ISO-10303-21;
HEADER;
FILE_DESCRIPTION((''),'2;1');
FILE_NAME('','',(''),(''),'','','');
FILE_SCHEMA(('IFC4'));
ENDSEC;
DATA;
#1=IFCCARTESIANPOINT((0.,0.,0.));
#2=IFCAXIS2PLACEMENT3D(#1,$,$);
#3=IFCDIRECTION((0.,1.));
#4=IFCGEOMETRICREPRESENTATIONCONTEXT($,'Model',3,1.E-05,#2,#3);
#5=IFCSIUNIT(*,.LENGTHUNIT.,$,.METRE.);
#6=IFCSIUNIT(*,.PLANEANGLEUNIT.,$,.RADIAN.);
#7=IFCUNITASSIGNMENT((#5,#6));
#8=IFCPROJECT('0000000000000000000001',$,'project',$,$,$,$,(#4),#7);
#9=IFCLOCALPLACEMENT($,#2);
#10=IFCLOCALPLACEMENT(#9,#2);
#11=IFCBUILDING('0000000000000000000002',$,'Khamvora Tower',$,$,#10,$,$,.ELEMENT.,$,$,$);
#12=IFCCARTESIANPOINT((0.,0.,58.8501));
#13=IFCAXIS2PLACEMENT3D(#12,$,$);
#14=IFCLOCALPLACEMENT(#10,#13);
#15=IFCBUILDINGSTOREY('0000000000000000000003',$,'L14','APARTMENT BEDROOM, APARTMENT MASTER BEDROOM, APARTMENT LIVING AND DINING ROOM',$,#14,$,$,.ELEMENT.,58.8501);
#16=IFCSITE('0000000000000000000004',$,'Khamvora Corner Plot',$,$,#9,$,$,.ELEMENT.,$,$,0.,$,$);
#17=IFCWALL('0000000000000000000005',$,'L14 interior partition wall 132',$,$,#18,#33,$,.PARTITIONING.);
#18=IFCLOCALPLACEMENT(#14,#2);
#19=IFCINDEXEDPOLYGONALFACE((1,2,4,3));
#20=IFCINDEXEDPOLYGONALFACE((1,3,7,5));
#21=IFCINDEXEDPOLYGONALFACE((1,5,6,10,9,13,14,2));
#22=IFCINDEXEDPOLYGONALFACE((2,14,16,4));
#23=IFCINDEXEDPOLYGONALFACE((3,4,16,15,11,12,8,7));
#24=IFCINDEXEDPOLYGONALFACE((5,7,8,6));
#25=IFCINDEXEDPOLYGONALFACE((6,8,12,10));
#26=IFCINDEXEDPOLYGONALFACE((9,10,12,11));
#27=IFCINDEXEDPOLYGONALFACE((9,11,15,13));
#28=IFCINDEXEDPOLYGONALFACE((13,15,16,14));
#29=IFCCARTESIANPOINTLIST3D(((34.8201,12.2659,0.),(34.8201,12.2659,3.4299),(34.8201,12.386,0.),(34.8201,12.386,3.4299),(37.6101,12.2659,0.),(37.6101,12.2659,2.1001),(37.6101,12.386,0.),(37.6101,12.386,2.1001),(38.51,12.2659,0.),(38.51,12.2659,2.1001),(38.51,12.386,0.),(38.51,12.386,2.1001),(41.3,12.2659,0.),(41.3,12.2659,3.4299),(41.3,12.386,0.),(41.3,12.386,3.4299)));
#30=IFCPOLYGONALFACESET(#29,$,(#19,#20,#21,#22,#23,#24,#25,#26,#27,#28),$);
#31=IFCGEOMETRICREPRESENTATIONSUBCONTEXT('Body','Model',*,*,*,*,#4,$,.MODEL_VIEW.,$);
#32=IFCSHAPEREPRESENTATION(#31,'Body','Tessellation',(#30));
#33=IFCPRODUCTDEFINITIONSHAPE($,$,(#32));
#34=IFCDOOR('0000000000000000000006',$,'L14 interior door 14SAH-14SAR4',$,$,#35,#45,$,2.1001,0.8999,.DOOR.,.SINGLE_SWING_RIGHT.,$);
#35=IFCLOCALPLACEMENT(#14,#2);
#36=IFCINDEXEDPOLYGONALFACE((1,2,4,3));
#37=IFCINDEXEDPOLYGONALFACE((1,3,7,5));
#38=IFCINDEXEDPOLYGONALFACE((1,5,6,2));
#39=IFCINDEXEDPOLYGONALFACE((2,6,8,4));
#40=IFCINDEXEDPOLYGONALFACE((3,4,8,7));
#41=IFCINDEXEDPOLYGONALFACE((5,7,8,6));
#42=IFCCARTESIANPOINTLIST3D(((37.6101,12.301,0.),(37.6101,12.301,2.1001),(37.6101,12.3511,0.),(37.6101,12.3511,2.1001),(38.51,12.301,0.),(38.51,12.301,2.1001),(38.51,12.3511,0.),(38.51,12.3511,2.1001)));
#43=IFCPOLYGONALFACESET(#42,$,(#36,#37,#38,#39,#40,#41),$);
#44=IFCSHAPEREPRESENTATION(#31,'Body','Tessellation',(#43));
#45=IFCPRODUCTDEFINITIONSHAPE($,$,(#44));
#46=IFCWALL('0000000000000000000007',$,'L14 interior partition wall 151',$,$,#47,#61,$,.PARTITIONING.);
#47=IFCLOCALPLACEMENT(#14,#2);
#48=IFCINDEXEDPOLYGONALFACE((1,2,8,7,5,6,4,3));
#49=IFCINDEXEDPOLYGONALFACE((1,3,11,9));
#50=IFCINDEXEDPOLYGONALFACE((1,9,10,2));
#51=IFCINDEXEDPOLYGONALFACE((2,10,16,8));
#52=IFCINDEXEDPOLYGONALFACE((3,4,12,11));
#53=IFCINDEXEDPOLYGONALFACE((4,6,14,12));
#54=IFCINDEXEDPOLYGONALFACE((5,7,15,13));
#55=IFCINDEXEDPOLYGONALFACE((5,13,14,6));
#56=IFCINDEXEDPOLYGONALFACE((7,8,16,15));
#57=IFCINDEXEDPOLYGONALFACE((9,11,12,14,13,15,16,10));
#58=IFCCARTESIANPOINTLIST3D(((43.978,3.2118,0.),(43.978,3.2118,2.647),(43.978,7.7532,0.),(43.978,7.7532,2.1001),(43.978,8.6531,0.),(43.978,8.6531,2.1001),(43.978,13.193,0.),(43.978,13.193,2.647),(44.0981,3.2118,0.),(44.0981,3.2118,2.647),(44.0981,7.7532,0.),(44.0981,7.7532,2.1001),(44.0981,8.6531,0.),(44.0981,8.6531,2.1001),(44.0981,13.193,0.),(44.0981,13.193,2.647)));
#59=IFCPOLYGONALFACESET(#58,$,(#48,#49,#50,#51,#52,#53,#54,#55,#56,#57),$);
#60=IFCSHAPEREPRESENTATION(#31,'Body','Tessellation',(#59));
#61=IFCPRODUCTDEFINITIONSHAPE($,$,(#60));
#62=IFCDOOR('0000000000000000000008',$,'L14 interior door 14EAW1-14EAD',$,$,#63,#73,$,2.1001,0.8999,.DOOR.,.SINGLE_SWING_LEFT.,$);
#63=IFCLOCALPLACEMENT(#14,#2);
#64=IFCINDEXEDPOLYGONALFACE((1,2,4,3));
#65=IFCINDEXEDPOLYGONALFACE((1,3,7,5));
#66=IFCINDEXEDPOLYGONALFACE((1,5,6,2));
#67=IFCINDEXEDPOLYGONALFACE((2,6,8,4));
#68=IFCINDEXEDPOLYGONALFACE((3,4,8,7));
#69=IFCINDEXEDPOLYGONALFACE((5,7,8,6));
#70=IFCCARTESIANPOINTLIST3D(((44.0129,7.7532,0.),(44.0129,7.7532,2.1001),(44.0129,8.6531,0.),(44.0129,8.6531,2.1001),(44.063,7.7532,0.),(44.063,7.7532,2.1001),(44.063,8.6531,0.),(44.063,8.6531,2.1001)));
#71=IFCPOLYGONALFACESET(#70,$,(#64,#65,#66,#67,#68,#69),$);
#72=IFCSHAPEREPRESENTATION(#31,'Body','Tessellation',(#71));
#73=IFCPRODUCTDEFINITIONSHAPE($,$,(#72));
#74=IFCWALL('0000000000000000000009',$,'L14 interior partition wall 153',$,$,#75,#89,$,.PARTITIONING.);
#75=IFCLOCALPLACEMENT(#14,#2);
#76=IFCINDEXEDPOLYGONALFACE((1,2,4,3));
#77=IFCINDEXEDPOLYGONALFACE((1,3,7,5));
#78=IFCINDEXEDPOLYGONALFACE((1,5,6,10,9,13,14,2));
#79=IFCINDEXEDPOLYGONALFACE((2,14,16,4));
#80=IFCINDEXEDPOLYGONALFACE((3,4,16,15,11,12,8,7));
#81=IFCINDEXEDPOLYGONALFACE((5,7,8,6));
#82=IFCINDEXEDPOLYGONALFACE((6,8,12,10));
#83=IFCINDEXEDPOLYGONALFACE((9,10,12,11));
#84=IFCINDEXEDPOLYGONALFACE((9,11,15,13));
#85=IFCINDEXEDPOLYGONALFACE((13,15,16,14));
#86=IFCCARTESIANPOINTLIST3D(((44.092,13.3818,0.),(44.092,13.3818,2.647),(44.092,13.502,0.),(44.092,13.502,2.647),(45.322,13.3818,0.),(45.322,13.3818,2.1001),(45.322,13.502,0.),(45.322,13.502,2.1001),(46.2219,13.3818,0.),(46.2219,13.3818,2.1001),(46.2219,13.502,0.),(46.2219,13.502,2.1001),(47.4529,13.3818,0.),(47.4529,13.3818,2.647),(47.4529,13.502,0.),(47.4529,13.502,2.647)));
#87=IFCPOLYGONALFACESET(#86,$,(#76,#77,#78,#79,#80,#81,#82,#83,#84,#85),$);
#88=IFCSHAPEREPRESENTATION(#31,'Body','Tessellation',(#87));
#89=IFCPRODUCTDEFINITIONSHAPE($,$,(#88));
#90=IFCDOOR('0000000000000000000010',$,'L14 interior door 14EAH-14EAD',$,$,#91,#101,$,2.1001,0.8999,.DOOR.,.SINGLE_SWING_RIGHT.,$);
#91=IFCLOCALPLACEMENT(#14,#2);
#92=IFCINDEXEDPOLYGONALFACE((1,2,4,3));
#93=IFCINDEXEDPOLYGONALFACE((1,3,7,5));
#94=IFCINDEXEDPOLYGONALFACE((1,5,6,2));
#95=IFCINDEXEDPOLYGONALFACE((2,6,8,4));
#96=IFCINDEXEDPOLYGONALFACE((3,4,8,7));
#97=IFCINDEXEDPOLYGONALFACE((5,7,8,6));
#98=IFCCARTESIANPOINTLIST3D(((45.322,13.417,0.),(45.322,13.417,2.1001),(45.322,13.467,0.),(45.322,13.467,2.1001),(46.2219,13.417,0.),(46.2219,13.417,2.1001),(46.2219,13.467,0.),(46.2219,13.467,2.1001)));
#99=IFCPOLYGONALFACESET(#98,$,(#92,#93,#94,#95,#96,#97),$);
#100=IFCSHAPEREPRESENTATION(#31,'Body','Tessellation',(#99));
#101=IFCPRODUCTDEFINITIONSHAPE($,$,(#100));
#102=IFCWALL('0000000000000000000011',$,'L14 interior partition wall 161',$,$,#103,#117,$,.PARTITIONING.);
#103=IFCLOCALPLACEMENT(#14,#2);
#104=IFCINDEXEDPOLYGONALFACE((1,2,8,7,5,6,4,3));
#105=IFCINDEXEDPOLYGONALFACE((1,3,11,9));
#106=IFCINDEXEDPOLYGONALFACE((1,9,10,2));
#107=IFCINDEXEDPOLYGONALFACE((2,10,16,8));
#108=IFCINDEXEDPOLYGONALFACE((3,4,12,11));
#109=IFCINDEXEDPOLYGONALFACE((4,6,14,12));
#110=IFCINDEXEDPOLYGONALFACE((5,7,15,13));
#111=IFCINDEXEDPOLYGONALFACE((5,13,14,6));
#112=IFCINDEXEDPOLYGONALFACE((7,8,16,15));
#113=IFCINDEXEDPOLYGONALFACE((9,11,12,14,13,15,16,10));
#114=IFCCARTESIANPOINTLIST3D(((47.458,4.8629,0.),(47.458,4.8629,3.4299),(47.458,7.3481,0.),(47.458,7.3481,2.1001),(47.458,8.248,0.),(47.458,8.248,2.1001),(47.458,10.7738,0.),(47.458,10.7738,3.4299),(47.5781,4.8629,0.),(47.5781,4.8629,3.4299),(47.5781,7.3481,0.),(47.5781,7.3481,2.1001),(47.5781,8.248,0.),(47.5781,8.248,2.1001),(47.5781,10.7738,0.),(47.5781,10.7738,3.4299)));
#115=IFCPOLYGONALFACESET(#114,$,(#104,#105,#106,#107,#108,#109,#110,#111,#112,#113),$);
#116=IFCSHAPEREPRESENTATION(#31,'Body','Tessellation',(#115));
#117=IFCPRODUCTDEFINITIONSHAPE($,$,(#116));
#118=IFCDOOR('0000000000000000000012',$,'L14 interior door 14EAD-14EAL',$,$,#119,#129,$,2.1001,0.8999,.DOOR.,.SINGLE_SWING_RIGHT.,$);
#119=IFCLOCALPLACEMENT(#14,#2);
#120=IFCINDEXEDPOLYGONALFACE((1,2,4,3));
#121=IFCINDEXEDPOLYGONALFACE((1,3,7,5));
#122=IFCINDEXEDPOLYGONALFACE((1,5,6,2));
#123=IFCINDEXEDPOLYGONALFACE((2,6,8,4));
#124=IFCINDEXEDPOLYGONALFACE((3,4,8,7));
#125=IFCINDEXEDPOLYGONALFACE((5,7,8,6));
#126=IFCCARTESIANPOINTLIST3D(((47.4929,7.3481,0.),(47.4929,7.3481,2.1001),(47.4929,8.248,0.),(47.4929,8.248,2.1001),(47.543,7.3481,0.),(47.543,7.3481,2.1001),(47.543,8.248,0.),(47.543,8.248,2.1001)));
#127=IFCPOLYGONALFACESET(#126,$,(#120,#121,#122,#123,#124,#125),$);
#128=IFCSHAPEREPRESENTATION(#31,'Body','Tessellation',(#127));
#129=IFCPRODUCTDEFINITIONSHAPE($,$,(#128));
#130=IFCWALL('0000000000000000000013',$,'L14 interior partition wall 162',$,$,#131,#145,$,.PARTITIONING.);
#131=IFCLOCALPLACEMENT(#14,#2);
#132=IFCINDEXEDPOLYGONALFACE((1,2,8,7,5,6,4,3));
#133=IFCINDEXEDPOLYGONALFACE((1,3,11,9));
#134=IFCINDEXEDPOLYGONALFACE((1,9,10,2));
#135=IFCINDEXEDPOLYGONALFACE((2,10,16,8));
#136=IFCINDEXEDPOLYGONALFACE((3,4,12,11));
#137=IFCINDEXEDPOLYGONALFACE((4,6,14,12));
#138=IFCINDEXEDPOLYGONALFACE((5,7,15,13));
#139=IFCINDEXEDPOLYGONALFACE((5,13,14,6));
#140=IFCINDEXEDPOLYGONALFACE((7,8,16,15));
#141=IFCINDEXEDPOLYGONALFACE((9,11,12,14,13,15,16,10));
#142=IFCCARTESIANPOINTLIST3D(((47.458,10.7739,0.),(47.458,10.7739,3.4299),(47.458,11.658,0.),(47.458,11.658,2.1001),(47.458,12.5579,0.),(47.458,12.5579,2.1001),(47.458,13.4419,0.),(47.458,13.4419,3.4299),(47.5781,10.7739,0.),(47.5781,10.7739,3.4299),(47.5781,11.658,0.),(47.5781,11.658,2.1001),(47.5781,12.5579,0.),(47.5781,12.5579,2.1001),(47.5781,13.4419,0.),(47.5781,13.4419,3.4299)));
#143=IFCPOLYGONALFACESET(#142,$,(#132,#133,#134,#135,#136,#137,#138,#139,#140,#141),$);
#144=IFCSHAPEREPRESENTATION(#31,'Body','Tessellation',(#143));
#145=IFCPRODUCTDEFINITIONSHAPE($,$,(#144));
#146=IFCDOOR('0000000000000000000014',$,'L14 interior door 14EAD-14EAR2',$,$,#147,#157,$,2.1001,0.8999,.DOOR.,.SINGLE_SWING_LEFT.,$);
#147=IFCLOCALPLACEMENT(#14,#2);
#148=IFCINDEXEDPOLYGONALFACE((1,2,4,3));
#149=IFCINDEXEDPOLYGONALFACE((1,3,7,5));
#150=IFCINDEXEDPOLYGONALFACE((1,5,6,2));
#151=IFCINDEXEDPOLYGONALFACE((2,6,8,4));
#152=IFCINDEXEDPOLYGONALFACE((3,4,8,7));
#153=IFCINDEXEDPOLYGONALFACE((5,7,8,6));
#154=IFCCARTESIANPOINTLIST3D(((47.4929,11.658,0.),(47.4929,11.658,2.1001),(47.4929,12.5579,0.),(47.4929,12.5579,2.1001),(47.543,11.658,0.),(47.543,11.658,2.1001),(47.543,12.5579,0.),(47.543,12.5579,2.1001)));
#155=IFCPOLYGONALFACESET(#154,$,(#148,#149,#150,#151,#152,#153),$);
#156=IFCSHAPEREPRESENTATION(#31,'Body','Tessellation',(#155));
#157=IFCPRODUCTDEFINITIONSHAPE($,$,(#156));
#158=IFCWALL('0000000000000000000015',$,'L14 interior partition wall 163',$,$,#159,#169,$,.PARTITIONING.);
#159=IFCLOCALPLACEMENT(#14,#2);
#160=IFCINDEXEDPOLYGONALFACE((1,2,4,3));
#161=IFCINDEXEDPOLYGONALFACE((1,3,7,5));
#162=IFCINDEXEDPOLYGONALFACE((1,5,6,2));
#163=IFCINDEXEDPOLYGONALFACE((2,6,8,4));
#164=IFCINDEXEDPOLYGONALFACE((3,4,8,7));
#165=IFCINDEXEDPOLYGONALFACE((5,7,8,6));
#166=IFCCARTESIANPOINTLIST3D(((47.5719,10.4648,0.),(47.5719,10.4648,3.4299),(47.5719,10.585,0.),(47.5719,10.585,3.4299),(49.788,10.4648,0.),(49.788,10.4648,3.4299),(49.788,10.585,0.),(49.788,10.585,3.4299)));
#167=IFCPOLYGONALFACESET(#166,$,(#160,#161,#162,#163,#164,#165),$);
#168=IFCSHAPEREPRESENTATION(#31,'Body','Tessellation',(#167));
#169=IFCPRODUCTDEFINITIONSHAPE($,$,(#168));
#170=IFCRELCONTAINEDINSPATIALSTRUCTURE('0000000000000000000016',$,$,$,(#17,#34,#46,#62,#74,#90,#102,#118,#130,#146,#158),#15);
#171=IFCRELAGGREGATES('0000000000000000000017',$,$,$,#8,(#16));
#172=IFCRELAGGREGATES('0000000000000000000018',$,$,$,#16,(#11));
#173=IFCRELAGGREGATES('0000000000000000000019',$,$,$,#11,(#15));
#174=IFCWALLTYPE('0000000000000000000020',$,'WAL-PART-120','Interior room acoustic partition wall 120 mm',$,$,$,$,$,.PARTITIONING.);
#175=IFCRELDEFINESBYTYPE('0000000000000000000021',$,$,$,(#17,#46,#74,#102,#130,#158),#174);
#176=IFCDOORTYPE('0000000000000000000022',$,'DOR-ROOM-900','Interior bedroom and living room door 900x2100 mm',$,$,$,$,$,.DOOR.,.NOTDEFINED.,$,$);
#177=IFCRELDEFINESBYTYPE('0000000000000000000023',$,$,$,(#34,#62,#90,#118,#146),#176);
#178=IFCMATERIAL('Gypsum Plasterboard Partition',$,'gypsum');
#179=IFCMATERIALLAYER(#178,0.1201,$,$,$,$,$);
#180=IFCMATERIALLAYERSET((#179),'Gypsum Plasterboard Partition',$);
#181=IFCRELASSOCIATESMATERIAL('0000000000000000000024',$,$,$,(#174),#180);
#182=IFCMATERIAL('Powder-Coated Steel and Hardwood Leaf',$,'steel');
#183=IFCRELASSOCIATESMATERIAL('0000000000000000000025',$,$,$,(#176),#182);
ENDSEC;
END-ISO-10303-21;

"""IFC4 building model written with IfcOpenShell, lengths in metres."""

from ifc_helpers import new_model, si_unit, direction, frame, frame_2d, origin, place, context, subcontext, project, spatial, rectangle, extrude, material, layer, layer_set, type_object, element, fill, save


model = new_model("IFC4")

# Units and contexts
model_context = context("Model", 3, precision=1e-05, world=origin(), true_north=direction((0.0, 1.0)))
body_context = subcontext(model_context, "Body", "Model", "MODEL_VIEW")
ifc_project = project(units=[si_unit("LENGTHUNIT", "METRE"), si_unit("PLANEANGLEUNIT", "RADIAN")], contexts=[model_context])

# Site, building, storey
site_placement = place(None, origin())
site = spatial("IfcSite", under=ifc_project, at=site_placement, Name="Khamvora Corner Plot", CompositionType="ELEMENT", RefElevation=0.0)
building_placement = place(site_placement, origin())
building = spatial("IfcBuilding", under=site, at=building_placement, Name="Khamvora Tower", CompositionType="ELEMENT")
storey_placement = place(building_placement, frame((0.0, 0.0, 58.8501)))
storey = spatial("IfcBuildingStorey", under=building, at=storey_placement, Name="L14", Description="APARTMENT BEDROOM, APARTMENT MASTER BEDROOM, APARTMENT LIVING AND DINING ROOM", CompositionType="ELEMENT", Elevation=58.8501)

# Walls, openings, doors
ifc_material_1 = material(Name="Gypsum Plasterboard Partition", Category="gypsum")
ifc_layer_1 = layer(ifc_material_1, 0.1201)
ifc_layer_set_1 = layer_set([ifc_layer_1], Name="Gypsum Plasterboard Partition")
wall_type_1 = type_object("IfcWallType", Name="WAL-PART-120", Description="Interior room acoustic partition wall 120 mm", PredefinedType="PARTITIONING", material=ifc_layer_set_1)
wall_1_placement = place(storey_placement, frame((41.3, 12.3259, 0.0), z_axis=(0.0, 0.0, 1.0), x_axis=(-1.0, 0.0, 0.0)))
wall_1 = element("IfcWall", 1, at=wall_1_placement, inside=storey, type_object=wall_type_1, Name="L14 interior partition wall 132", PredefinedType="PARTITIONING", context=body_context, shape_type="SweptSolid", body=[
    extrude(rectangle(XDim=6.48, YDim=0.1201, at=frame_2d((3.24, 0.0))), origin(), (0.0, 0.0, 1.0), 3.4299),
])
opening_1_placement = place(wall_1_placement, frame((2.79, 0.0, 0.0)))
opening_1 = element("IfcOpeningElement", 2, at=opening_1_placement, cuts=wall_1, PredefinedType="OPENING", context=body_context, shape_type="SweptSolid", body=[
    extrude(rectangle(XDim=0.8999, YDim=2.1001, at=frame_2d((0.45, 1.05))), frame((0.0, 0.0701, 0.0), z_axis=(0.0, -1.0, 0.0), x_axis=(1.0, 0.0, 0.0)), (0.0, 0.0, 1.0), 0.1401),
])
ifc_material_2 = material(Name="Powder-Coated Steel and Hardwood Leaf", Category="steel")
door_type = type_object("IfcDoorType", Name="DOR-ROOM-900", Description="Interior bedroom and living room door 900x2100 mm", OperationType="NOTDEFINED", PredefinedType="DOOR", material=ifc_material_2)
door_1_placement = place(opening_1_placement, origin())
door_1 = element("IfcDoor", 3, at=door_1_placement, inside=storey, type_object=door_type, Name="L14 interior door 14SAH-14SAR4", OperationType="SINGLE_SWING_RIGHT", OverallHeight=2.1001, OverallWidth=0.8999, PredefinedType="DOOR", context=body_context, shape_type="SweptSolid", body=[
    extrude(rectangle(XDim=0.8999, YDim=2.1001, at=frame_2d((0.45, 1.05))), frame((0.0, 0.0249, 0.0), z_axis=(0.0, -1.0, 0.0), x_axis=(1.0, 0.0, 0.0)), (0.0, 0.0, 1.0), 0.05),
])
fill(opening_1, door_1)
wall_2_placement = place(storey_placement, frame((44.0381, 13.1931, 0.0), z_axis=(0.0, 0.0, 1.0), x_axis=(0.0, -1.0, 0.0)))
wall_2 = element("IfcWall", 4, at=wall_2_placement, inside=storey, type_object=wall_type_1, Name="L14 interior partition wall 151", PredefinedType="PARTITIONING", context=body_context, shape_type="SweptSolid", body=[
    extrude(rectangle(XDim=9.9812, YDim=0.1201, at=frame_2d((4.9907, 0.0))), origin(), (0.0, 0.0, 1.0), 2.647),
])
opening_2_placement = place(wall_2_placement, frame((4.54, 0.0, 0.0)))
opening_2 = element("IfcOpeningElement", 5, at=opening_2_placement, cuts=wall_2, PredefinedType="OPENING", context=body_context, shape_type="SweptSolid", body=[
    extrude(rectangle(XDim=0.8999, YDim=2.1001, at=frame_2d((0.45, 1.05))), frame((0.0, 0.0701, 0.0), z_axis=(0.0, -1.0, 0.0), x_axis=(1.0, 0.0, 0.0)), (0.0, 0.0, 1.0), 0.1401),
])
door_2_placement = place(opening_2_placement, origin())
door_2 = element("IfcDoor", 6, at=door_2_placement, inside=storey, type_object=door_type, Name="L14 interior door 14EAW1-14EAD", OperationType="SINGLE_SWING_LEFT", OverallHeight=2.1001, OverallWidth=0.8999, PredefinedType="DOOR", context=body_context, shape_type="SweptSolid", body=[
    extrude(rectangle(XDim=0.8999, YDim=2.1001, at=frame_2d((0.45, 1.05))), frame((0.0, 0.0249, 0.0), z_axis=(0.0, -1.0, 0.0), x_axis=(1.0, 0.0, 0.0)), (0.0, 0.0, 1.0), 0.05),
])
fill(opening_2, door_2)
wall_3_placement = place(storey_placement, frame((47.4529, 13.4419, 0.0), z_axis=(0.0, 0.0, 1.0), x_axis=(-1.0, 0.0, 0.0)))
wall_3 = element("IfcWall", 7, at=wall_3_placement, inside=storey, type_object=wall_type_1, Name="L14 interior partition wall 153", PredefinedType="PARTITIONING", context=body_context, shape_type="SweptSolid", body=[
    extrude(rectangle(XDim=3.3608, YDim=0.1201, at=frame_2d((1.6804, 0.0))), origin(), (0.0, 0.0, 1.0), 2.647),
])
opening_3_placement = place(wall_3_placement, frame((1.231, 0.0, 0.0)))
opening_3 = element("IfcOpeningElement", 8, at=opening_3_placement, cuts=wall_3, PredefinedType="OPENING", context=body_context, shape_type="SweptSolid", body=[
    extrude(rectangle(XDim=0.8999, YDim=2.1001, at=frame_2d((0.45, 1.05))), frame((0.0, 0.0701, 0.0), z_axis=(0.0, -1.0, 0.0), x_axis=(1.0, 0.0, 0.0)), (0.0, 0.0, 1.0), 0.1401),
])
door_3_placement = place(opening_3_placement, origin())
door_3 = element("IfcDoor", 9, at=door_3_placement, inside=storey, type_object=door_type, Name="L14 interior door 14EAH-14EAD", OperationType="SINGLE_SWING_RIGHT", OverallHeight=2.1001, OverallWidth=0.8999, PredefinedType="DOOR", context=body_context, shape_type="SweptSolid", body=[
    extrude(rectangle(XDim=0.8999, YDim=2.1001, at=frame_2d((0.45, 1.05))), frame((0.0, 0.0249, 0.0), z_axis=(0.0, -1.0, 0.0), x_axis=(1.0, 0.0, 0.0)), (0.0, 0.0, 1.0), 0.05),
])
fill(opening_3, door_3)
wall_4_placement = place(storey_placement, frame((47.5181, 10.7739, 0.0), z_axis=(0.0, 0.0, 1.0), x_axis=(0.0, -1.0, 0.0)))
wall_4 = element("IfcWall", 10, at=wall_4_placement, inside=storey, type_object=wall_type_1, Name="L14 interior partition wall 161", PredefinedType="PARTITIONING", context=body_context, shape_type="SweptSolid", body=[
    extrude(rectangle(XDim=5.9109, YDim=0.1201, at=frame_2d((2.9556, 0.0))), origin(), (0.0, 0.0, 1.0), 3.4299),
])
opening_4_placement = place(wall_4_placement, frame((2.5259, 0.0, 0.0)))
opening_4 = element("IfcOpeningElement", 11, at=opening_4_placement, cuts=wall_4, PredefinedType="OPENING", context=body_context, shape_type="SweptSolid", body=[
    extrude(rectangle(XDim=0.8999, YDim=2.1001, at=frame_2d((0.45, 1.05))), frame((0.0, 0.0701, 0.0), z_axis=(0.0, -1.0, 0.0), x_axis=(1.0, 0.0, 0.0)), (0.0, 0.0, 1.0), 0.1401),
])
door_4_placement = place(opening_4_placement, origin())
door_4 = element("IfcDoor", 12, at=door_4_placement, inside=storey, type_object=door_type, Name="L14 interior door 14EAD-14EAL", OperationType="SINGLE_SWING_RIGHT", OverallHeight=2.1001, OverallWidth=0.8999, PredefinedType="DOOR", context=body_context, shape_type="SweptSolid", body=[
    extrude(rectangle(XDim=0.8999, YDim=2.1001, at=frame_2d((0.45, 1.05))), frame((0.0, 0.0249, 0.0), z_axis=(0.0, -1.0, 0.0), x_axis=(1.0, 0.0, 0.0)), (0.0, 0.0, 1.0), 0.05),
])
fill(opening_4, door_4)
wall_5_placement = place(storey_placement, frame((47.5181, 13.4419, 0.0), z_axis=(0.0, 0.0, 1.0), x_axis=(0.0, -1.0, 0.0)))
wall_5 = element("IfcWall", 13, at=wall_5_placement, inside=storey, type_object=wall_type_1, Name="L14 interior partition wall 162", PredefinedType="PARTITIONING", context=body_context, shape_type="SweptSolid", body=[
    extrude(rectangle(XDim=2.668, YDim=0.1201, at=frame_2d((1.334, 0.0))), origin(), (0.0, 0.0, 1.0), 3.4299),
])
opening_5_placement = place(wall_5_placement, frame((0.884, 0.0, 0.0)))
opening_5 = element("IfcOpeningElement", 14, at=opening_5_placement, cuts=wall_5, PredefinedType="OPENING", context=body_context, shape_type="SweptSolid", body=[
    extrude(rectangle(XDim=0.8999, YDim=2.1001, at=frame_2d((0.45, 1.05))), frame((0.0, 0.0701, 0.0), z_axis=(0.0, -1.0, 0.0), x_axis=(1.0, 0.0, 0.0)), (0.0, 0.0, 1.0), 0.1401),
])
door_5_placement = place(opening_5_placement, origin())
door_5 = element("IfcDoor", 15, at=door_5_placement, inside=storey, type_object=door_type, Name="L14 interior door 14EAD-14EAR2", OperationType="SINGLE_SWING_LEFT", OverallHeight=2.1001, OverallWidth=0.8999, PredefinedType="DOOR", context=body_context, shape_type="SweptSolid", body=[
    extrude(rectangle(XDim=0.8999, YDim=2.1001, at=frame_2d((0.45, 1.05))), frame((0.0, 0.0249, 0.0), z_axis=(0.0, -1.0, 0.0), x_axis=(1.0, 0.0, 0.0)), (0.0, 0.0, 1.0), 0.05),
])
fill(opening_5, door_5)

# Wall
wall_6_placement = place(storey_placement, frame((47.572, 10.5249, 0.0), z_axis=(0.0, 0.0, 1.0), x_axis=(1.0, 0.0, 0.0)))
element("IfcWall", 16, at=wall_6_placement, inside=storey, type_object=wall_type_1, Name="L14 interior partition wall 163", PredefinedType="PARTITIONING", context=body_context, shape_type="SweptSolid", body=[
    extrude(rectangle(XDim=2.2161, YDim=0.1201, at=frame_2d((1.1079, 0.0))), origin(), (0.0, 0.0, 1.0), 3.4299),
])

save(model, "model.ifc")
